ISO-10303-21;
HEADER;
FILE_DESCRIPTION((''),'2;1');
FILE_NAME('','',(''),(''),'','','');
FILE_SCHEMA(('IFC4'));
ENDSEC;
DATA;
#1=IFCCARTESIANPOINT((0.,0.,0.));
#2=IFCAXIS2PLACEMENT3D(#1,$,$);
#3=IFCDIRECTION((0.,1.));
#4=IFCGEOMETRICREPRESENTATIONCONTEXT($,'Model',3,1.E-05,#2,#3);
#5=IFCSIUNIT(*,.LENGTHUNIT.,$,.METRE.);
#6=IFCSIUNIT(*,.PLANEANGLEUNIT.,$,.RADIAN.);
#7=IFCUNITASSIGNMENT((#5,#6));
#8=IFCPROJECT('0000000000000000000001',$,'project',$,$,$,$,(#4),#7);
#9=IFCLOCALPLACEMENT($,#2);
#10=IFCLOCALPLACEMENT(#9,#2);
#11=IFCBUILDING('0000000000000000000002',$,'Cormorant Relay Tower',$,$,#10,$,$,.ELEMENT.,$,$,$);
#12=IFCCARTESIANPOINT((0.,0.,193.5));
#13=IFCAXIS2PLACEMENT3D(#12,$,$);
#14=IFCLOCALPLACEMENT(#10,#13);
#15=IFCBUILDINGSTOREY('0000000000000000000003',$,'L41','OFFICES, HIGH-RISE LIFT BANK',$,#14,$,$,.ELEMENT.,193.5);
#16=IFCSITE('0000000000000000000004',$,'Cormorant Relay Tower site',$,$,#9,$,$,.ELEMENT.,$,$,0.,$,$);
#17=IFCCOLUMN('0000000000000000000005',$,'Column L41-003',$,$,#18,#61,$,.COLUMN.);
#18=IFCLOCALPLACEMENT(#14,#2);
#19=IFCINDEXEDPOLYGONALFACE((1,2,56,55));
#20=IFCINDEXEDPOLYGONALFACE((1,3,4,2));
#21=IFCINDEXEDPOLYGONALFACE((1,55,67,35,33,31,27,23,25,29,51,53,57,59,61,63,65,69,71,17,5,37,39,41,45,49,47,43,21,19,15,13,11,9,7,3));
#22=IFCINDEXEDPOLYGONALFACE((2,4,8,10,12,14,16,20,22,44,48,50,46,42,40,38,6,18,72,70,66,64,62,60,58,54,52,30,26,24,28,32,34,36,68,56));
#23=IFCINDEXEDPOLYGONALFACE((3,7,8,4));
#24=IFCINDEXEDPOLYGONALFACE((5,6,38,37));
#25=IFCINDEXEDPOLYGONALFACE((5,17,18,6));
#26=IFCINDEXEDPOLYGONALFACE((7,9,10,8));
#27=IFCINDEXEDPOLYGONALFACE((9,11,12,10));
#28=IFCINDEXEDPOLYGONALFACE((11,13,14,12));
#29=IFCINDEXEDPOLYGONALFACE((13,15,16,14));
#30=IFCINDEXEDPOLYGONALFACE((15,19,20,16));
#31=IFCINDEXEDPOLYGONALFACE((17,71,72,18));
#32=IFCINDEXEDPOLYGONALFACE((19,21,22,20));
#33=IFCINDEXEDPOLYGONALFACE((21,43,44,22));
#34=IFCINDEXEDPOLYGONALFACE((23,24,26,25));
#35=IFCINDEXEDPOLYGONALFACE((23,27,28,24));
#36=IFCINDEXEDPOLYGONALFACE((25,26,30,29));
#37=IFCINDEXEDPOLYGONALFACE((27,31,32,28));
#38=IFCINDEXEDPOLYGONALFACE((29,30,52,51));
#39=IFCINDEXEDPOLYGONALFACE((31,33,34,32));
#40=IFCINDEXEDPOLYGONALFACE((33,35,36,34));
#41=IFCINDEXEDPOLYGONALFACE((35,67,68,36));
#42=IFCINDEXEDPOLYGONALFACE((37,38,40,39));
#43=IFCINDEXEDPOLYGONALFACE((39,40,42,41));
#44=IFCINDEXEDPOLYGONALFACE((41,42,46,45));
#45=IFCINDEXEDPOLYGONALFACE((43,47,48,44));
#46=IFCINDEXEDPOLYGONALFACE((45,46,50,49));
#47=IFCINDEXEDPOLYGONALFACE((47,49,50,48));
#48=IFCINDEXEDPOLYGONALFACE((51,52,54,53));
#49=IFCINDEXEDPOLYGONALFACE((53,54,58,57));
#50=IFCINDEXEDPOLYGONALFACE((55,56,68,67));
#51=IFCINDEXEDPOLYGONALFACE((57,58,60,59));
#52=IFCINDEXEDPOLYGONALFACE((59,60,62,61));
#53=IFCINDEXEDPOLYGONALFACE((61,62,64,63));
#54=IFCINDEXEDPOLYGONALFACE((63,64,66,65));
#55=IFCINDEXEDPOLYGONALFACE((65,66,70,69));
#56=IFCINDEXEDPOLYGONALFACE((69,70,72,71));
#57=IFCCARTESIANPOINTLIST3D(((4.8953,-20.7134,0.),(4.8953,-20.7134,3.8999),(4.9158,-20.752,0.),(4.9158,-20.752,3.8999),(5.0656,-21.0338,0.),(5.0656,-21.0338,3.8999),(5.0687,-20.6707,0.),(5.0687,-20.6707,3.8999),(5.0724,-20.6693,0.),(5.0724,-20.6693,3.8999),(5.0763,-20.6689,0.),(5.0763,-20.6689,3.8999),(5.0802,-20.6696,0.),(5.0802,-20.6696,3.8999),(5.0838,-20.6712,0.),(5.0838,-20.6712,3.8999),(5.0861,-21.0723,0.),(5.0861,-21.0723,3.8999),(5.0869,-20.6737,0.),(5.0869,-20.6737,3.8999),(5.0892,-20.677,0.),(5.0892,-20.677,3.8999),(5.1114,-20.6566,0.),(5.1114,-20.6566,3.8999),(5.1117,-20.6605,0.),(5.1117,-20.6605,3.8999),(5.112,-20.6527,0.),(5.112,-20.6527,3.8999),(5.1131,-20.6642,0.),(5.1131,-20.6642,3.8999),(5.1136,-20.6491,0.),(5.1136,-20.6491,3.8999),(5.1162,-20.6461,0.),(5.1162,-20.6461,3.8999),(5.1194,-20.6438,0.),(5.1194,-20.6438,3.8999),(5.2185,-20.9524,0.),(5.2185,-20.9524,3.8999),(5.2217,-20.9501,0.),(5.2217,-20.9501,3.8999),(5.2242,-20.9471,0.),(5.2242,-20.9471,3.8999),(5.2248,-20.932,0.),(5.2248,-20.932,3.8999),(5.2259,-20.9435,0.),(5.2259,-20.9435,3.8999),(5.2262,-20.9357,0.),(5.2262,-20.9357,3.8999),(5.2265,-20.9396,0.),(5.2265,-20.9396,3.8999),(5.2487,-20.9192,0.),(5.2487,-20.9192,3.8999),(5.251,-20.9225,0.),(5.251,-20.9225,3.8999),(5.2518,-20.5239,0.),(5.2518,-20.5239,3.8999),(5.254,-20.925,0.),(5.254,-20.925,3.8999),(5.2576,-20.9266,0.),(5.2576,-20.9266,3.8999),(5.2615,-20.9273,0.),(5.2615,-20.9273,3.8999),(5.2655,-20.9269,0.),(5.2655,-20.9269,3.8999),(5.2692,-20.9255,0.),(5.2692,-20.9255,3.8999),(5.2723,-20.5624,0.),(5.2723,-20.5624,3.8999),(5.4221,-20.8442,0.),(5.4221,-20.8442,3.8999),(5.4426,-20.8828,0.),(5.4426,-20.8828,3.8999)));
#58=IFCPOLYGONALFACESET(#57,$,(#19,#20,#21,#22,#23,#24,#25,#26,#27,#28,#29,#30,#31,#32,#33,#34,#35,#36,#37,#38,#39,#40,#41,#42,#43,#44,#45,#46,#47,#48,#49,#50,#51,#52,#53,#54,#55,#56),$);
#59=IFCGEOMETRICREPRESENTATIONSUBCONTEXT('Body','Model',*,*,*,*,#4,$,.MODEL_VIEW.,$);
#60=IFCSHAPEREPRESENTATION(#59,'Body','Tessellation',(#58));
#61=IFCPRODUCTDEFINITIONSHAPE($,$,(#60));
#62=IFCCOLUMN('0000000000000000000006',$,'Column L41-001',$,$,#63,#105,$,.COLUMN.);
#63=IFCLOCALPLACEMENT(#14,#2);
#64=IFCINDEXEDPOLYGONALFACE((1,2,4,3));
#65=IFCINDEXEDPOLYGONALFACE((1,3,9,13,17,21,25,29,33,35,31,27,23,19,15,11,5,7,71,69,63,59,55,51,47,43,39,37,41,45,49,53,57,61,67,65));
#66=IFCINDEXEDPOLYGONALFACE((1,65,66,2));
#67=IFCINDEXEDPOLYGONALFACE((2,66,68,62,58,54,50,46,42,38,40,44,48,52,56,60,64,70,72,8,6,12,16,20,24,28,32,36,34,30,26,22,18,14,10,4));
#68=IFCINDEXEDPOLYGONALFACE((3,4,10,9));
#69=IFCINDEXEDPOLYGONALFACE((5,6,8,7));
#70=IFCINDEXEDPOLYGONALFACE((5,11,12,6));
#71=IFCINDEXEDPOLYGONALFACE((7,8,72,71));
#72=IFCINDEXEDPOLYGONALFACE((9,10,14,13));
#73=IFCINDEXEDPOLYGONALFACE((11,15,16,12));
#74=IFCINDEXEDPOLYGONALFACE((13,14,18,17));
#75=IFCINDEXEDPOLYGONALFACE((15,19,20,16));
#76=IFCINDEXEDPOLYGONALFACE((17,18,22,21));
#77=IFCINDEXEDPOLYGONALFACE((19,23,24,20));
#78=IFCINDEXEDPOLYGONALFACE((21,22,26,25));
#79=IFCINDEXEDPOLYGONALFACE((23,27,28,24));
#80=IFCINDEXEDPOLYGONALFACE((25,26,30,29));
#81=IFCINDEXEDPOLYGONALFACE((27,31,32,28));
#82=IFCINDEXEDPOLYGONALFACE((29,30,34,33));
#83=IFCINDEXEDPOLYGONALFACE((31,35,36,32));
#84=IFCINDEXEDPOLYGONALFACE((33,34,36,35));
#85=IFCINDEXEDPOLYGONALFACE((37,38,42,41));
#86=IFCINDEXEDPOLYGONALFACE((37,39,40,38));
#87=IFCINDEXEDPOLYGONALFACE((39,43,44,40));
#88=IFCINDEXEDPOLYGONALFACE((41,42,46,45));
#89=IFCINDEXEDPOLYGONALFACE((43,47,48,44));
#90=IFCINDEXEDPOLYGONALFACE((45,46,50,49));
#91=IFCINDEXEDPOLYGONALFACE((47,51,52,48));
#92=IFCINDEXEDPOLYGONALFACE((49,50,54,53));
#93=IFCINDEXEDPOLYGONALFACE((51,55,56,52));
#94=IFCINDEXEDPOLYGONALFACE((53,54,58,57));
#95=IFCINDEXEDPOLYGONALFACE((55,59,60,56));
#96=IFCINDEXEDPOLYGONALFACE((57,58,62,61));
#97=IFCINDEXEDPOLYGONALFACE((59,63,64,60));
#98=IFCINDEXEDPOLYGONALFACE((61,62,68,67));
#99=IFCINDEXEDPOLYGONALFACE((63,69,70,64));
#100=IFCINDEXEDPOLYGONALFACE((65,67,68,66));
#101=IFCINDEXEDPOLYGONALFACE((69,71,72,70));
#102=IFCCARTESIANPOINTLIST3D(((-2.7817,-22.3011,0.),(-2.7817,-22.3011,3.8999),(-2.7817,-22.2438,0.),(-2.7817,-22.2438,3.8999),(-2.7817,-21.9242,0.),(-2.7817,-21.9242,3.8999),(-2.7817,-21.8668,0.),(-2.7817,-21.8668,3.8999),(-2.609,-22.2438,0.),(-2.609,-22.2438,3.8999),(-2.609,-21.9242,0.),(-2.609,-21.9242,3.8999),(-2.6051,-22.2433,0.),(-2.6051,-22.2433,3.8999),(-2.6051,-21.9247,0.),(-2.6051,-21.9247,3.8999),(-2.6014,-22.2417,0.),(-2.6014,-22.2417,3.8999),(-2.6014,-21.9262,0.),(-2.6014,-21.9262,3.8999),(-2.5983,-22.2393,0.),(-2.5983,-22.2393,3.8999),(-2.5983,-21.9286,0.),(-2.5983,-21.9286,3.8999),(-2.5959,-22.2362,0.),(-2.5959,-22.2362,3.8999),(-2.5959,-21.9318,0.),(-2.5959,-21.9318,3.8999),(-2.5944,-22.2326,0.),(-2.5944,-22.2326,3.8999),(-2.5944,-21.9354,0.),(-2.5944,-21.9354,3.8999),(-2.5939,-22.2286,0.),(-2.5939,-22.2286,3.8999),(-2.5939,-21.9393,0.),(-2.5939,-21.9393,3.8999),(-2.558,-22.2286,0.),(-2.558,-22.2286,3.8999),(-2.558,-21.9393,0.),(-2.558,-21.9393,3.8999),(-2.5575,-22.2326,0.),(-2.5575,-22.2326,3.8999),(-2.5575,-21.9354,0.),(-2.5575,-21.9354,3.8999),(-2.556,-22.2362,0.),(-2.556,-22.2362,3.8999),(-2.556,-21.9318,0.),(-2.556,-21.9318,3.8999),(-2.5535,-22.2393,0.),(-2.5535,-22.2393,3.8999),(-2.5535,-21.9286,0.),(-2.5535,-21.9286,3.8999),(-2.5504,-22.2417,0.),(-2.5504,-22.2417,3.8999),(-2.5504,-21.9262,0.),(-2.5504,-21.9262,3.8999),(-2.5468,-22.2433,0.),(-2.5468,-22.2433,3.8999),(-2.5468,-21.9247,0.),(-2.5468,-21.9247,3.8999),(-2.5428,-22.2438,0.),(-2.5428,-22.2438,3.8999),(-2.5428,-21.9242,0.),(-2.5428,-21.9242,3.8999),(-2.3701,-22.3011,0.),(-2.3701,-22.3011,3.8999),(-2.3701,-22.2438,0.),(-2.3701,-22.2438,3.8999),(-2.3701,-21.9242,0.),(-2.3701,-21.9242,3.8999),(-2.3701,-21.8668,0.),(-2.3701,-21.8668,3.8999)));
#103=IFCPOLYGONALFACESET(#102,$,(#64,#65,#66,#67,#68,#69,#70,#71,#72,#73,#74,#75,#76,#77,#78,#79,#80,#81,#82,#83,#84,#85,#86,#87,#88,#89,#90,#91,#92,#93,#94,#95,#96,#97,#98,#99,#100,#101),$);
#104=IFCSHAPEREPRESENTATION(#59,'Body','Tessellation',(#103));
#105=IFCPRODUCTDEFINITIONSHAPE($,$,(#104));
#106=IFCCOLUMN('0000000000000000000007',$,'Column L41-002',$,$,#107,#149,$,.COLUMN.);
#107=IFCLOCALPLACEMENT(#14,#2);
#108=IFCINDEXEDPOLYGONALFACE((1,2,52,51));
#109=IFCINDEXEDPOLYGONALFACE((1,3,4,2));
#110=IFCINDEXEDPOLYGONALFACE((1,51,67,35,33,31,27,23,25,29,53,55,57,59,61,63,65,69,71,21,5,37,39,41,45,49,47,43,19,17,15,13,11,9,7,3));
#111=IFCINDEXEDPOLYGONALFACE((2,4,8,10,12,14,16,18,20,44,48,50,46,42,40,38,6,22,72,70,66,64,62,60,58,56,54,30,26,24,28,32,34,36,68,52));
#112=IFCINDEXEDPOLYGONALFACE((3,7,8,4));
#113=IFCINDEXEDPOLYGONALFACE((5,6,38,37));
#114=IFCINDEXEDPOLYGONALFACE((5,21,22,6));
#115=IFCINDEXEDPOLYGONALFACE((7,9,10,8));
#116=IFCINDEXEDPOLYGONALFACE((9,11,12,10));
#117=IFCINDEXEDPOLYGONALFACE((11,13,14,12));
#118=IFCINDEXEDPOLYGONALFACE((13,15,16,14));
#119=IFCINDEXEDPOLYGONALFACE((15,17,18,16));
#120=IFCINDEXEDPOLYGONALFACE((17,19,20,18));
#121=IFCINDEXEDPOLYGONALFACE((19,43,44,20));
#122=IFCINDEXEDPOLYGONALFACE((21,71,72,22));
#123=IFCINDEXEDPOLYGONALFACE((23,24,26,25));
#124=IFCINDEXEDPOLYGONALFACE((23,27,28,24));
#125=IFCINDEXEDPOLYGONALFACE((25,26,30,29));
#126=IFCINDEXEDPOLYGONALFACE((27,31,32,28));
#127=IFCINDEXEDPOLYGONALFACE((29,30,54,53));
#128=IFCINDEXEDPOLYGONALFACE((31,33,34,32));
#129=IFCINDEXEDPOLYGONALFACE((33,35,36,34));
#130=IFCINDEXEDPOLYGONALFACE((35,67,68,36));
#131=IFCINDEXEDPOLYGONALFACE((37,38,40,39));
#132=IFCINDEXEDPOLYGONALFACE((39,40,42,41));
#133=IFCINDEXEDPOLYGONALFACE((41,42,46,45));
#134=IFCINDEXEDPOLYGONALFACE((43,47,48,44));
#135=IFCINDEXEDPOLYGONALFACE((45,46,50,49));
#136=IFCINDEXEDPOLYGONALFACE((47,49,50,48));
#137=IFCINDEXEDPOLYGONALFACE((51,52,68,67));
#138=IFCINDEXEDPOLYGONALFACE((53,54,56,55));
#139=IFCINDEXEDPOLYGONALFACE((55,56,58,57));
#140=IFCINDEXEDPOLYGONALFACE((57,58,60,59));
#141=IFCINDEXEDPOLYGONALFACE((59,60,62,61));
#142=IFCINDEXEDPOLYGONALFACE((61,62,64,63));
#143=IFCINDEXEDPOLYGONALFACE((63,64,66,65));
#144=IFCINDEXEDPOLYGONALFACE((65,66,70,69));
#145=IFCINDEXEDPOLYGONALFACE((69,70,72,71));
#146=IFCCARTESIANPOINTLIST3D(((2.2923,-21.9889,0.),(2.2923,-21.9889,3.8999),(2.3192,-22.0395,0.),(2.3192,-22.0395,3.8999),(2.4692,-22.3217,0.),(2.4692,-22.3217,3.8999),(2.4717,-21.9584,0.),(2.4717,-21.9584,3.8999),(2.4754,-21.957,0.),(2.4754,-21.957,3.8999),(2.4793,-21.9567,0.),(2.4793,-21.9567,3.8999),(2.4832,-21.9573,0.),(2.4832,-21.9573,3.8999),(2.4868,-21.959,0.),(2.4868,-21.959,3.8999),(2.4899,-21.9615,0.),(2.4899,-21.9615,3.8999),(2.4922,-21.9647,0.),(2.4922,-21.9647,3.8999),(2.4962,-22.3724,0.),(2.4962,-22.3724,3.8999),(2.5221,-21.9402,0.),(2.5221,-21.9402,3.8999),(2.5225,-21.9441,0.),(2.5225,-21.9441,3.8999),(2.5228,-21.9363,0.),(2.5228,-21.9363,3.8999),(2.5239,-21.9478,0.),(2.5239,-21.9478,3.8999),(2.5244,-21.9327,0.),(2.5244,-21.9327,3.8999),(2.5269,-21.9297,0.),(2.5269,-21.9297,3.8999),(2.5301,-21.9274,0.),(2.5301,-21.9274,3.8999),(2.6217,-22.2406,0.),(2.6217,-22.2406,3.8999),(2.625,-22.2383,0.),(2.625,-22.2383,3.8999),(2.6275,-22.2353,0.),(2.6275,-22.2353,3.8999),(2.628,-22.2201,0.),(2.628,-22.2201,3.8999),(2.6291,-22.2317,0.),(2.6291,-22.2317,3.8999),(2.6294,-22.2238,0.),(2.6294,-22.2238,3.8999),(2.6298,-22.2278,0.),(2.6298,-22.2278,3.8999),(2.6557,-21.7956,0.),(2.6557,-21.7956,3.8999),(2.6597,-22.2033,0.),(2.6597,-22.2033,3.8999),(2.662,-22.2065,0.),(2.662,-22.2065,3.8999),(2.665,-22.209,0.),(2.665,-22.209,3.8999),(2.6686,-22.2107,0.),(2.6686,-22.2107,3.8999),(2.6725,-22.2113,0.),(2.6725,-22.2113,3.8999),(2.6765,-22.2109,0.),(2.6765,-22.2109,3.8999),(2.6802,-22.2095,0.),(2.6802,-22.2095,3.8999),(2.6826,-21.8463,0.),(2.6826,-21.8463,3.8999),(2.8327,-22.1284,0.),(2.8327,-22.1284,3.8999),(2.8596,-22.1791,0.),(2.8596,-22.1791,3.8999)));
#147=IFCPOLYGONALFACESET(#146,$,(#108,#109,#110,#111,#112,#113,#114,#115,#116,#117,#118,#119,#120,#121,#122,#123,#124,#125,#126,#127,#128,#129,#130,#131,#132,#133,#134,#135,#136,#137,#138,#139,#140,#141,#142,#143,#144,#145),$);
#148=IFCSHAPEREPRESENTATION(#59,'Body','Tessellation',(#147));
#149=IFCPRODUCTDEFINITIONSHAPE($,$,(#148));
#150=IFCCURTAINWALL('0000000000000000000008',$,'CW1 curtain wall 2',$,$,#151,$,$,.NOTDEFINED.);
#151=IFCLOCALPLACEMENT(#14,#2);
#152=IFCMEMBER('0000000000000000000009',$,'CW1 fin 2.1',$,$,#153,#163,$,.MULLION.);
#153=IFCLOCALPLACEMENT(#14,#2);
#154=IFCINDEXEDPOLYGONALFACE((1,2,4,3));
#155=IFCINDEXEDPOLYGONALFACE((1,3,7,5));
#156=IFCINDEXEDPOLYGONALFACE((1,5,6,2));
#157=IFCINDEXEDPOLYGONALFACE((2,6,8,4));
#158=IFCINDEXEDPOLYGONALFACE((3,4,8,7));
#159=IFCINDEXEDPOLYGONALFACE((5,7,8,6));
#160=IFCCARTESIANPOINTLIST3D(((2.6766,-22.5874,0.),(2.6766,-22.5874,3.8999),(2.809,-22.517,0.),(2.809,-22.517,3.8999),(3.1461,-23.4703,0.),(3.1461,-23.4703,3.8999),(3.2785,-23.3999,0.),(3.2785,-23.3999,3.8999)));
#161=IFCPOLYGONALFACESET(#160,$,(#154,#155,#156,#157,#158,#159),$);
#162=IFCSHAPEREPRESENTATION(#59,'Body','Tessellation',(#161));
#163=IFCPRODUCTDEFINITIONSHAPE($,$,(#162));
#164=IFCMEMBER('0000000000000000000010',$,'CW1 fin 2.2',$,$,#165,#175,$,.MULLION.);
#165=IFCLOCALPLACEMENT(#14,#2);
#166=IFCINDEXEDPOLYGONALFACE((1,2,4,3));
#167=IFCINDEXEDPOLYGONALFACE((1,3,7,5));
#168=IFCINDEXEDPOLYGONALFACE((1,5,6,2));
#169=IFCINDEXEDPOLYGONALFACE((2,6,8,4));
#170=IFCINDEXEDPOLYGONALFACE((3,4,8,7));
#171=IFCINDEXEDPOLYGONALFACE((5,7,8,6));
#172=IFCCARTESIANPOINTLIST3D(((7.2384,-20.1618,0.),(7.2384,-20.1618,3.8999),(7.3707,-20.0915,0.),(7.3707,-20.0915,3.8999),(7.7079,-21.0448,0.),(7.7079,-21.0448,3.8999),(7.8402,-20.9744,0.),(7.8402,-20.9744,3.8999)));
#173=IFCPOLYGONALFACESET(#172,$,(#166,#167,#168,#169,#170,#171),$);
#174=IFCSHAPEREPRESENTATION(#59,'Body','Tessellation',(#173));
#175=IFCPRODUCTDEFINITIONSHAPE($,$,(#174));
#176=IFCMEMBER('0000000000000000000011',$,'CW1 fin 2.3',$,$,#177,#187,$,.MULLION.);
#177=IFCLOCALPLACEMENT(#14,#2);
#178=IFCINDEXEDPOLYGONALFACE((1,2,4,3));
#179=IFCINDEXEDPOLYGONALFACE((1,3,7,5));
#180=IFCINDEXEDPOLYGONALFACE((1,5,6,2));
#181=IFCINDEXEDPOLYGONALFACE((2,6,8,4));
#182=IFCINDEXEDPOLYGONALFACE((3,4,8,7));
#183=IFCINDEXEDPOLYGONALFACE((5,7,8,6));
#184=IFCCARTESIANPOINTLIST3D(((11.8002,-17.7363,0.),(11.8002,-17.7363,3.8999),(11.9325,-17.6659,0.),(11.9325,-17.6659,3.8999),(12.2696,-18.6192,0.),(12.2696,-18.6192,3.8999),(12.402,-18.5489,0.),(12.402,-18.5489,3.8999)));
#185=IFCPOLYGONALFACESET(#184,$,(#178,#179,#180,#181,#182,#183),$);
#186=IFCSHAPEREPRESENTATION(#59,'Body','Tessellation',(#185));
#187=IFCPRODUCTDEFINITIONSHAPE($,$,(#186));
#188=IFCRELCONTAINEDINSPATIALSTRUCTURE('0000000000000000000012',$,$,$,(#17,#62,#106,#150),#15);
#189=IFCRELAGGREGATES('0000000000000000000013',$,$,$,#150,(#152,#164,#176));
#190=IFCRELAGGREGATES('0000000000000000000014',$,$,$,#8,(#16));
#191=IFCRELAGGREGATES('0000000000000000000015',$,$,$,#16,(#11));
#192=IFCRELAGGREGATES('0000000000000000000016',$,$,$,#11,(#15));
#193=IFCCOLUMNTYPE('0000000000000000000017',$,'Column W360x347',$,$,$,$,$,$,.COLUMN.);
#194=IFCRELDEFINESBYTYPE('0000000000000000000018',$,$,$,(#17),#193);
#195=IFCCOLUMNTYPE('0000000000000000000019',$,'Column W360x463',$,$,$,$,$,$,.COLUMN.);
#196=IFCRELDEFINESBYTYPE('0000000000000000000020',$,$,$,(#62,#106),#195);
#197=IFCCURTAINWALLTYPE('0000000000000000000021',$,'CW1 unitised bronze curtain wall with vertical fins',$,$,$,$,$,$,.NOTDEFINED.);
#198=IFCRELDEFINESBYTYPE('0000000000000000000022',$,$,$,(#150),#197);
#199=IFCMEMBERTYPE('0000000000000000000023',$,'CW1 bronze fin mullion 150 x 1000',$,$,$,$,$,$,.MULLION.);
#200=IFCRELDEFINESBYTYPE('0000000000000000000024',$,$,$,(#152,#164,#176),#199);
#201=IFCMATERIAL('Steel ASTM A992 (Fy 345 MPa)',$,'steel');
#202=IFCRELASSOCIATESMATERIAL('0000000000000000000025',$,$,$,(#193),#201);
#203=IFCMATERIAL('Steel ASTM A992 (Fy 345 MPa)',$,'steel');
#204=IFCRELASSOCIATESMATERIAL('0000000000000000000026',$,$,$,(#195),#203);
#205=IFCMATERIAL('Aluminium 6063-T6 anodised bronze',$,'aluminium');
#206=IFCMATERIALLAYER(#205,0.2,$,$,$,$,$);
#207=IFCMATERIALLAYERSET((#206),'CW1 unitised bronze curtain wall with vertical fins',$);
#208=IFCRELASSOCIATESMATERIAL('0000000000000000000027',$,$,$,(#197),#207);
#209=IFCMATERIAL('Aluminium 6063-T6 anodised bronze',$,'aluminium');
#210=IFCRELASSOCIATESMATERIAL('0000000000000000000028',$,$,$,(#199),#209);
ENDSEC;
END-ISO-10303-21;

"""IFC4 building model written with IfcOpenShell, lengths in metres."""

from ifc_helpers import new_model, si_unit, direction, frame, origin, origin_2d, place, context, subcontext, project, spatial, rectangle, i_section, extrude, material, layer, layer_set, material_profile, profile_set, type_object, element, aggregate, save


model = new_model("IFC4")

# Units and contexts
model_context = context("Model", 3, precision=1e-05, world=origin(), true_north=direction((0.0, 1.0)))
body_context = subcontext(model_context, "Body", "Model", "MODEL_VIEW")
ifc_project = project(units=[si_unit("LENGTHUNIT", "METRE"), si_unit("PLANEANGLEUNIT", "RADIAN")], contexts=[model_context])

# Site, building, storey
site_placement = place(None, origin())
site = spatial("IfcSite", under=ifc_project, at=site_placement, Name="Cormorant Relay Tower site", CompositionType="ELEMENT", RefElevation=0.0)
building_placement = place(site_placement, origin())
building = spatial("IfcBuilding", under=site, at=building_placement, Name="Cormorant Relay Tower", CompositionType="ELEMENT")
storey_placement = place(building_placement, frame((0.0, 0.0, 193.5)))
storey = spatial("IfcBuildingStorey", under=building, at=storey_placement, Name="L41", Description="OFFICES, HIGH-RISE LIFT BANK", CompositionType="ELEMENT", Elevation=193.5)

# Columns
ifc_material_1 = material(Name="Steel ASTM A992 (Fy 345 MPa)", Category="steel")
ifc_material_profile_1 = material_profile(ifc_material_1, i_section(OverallWidth=0.4038, OverallDepth=0.4065, WebThickness=0.0271, FlangeThickness=0.0437, FilletRadius=0.0151, at=origin_2d()), Name="W360x347")
ifc_profile_set_1 = profile_set([ifc_material_profile_1], Name="Steel ASTM A992 (Fy 345 MPa)")
column_type_1 = type_object("IfcColumnType", Name="Column W360x347", PredefinedType="COLUMN", material=ifc_profile_set_1)
column_placement = place(storey_placement, frame((5.1689, -20.7981, 0.0), z_axis=(0.0, 0.0, 1.0), x_axis=(0.882948, 0.469472, 0.0)))
element("IfcColumn", 1, at=column_placement, inside=storey, type_object=column_type_1, Name="Column L41-003", PredefinedType="COLUMN", context=body_context, shape_type="SweptSolid", body=[
    extrude(i_section(OverallWidth=0.4038, OverallDepth=0.4065, WebThickness=0.0271, FlangeThickness=0.0437, FilletRadius=0.0151, at=origin_2d()), origin(), (0.0, 0.0, 1.0), 3.8999),
])
ifc_material_2 = material(Name="Steel ASTM A992 (Fy 345 MPa)", Category="steel")
ifc_material_profile_2 = material_profile(ifc_material_2, i_section(OverallWidth=0.4116, OverallDepth=0.4343, WebThickness=0.0359, FlangeThickness=0.0574, FilletRadius=0.0151, at=origin_2d()), Name="W360x463")
ifc_profile_set_2 = profile_set([ifc_material_profile_2], Name="Steel ASTM A992 (Fy 345 MPa)")
column_type_2 = type_object("IfcColumnType", Name="Column W360x463", PredefinedType="COLUMN", material=ifc_profile_set_2)
for number, where, z_axis, x_axis, name in (
    (2, (-2.5759, -22.084, 0.0), (0.0, 0.0, 1.0), (1.0, 0.0, 0.0), "Column L41-001"),
    (3, (2.5759, -22.084, 0.0), (0.0, 0.0, 1.0), (0.882948, 0.469472, 0.0), "Column L41-002"),
):
    element("IfcColumn", number, at=place(storey_placement, frame(where, z_axis=z_axis, x_axis=x_axis)), inside=storey, type_object=column_type_2, Name=name, PredefinedType="COLUMN", context=body_context, shape_type="SweptSolid", body=[
        extrude(i_section(OverallWidth=0.4116, OverallDepth=0.4343, WebThickness=0.0359, FlangeThickness=0.0574, FilletRadius=0.0151, at=origin_2d()), origin(), (0.0, 0.0, 1.0), 3.8999),
    ])

# Curtain wall, members
ifc_material_3 = material(Name="Aluminium 6063-T6 anodised bronze", Category="aluminium")
ifc_layer_1 = layer(ifc_material_3, 0.2)
ifc_layer_set_1 = layer_set([ifc_layer_1], Name="CW1 unitised bronze curtain wall with vertical fins")
curtain_wall_type = type_object("IfcCurtainWallType", Name="CW1 unitised bronze curtain wall with vertical fins", PredefinedType="NOTDEFINED", material=ifc_layer_set_1)
curtain_wall_1_placement = place(storey_placement, origin())
curtain_wall_1 = element("IfcCurtainWall", 4, at=curtain_wall_1_placement, inside=storey, type_object=curtain_wall_type, Name="CW1 curtain wall 2", PredefinedType="NOTDEFINED")
ifc_material_4 = material(Name="Aluminium 6063-T6 anodised bronze", Category="aluminium")
ifc_material_profile_3 = material_profile(ifc_material_4, rectangle(XDim=0.1499, YDim=1.0, at=origin_2d()), Name="AL 150x1000")
ifc_profile_set_3 = profile_set([ifc_material_profile_3], Name="Aluminium 6063-T6 anodised bronze")
member_type_1 = type_object("IfcMemberType", Name="CW1 bronze fin mullion 150 x 1000", PredefinedType="MULLION", material=ifc_profile_set_3)
member_1_placement = place(storey_placement, frame((2.9775, -22.9937, 0.0), z_axis=(0.0, 0.0, 1.0), x_axis=(0.882948, 0.469472, 0.0)))
member_1 = element("IfcMember", 5, at=member_1_placement, type_object=member_type_1, Name="CW1 fin 2.1", PredefinedType="MULLION", context=body_context, shape_type="SweptSolid", body=[
    extrude(rectangle(XDim=0.1499, YDim=1.0, at=origin_2d()), origin(), (0.0, 0.0, 1.0), 3.8999),
])
member_2_placement = place(storey_placement, frame((7.5393, -20.5681, 0.0), z_axis=(0.0, 0.0, 1.0), x_axis=(0.882948, 0.469472, 0.0)))
member_2 = element("IfcMember", 6, at=member_2_placement, type_object=member_type_1, Name="CW1 fin 2.2", PredefinedType="MULLION", context=body_context, shape_type="SweptSolid", body=[
    extrude(rectangle(XDim=0.1499, YDim=1.0, at=origin_2d()), origin(), (0.0, 0.0, 1.0), 3.8999),
])
member_3_placement = place(storey_placement, frame((12.1011, -18.1426, 0.0), z_axis=(0.0, 0.0, 1.0), x_axis=(0.882948, 0.469472, 0.0)))
member_3 = element("IfcMember", 7, at=member_3_placement, type_object=member_type_1, Name="CW1 fin 2.3", PredefinedType="MULLION", context=body_context, shape_type="SweptSolid", body=[
    extrude(rectangle(XDim=0.1499, YDim=1.0, at=origin_2d()), origin(), (0.0, 0.0, 1.0), 3.8999),
])

aggregate(curtain_wall_1, [member_1, member_2, member_3])

save(model, "model.ifc")
